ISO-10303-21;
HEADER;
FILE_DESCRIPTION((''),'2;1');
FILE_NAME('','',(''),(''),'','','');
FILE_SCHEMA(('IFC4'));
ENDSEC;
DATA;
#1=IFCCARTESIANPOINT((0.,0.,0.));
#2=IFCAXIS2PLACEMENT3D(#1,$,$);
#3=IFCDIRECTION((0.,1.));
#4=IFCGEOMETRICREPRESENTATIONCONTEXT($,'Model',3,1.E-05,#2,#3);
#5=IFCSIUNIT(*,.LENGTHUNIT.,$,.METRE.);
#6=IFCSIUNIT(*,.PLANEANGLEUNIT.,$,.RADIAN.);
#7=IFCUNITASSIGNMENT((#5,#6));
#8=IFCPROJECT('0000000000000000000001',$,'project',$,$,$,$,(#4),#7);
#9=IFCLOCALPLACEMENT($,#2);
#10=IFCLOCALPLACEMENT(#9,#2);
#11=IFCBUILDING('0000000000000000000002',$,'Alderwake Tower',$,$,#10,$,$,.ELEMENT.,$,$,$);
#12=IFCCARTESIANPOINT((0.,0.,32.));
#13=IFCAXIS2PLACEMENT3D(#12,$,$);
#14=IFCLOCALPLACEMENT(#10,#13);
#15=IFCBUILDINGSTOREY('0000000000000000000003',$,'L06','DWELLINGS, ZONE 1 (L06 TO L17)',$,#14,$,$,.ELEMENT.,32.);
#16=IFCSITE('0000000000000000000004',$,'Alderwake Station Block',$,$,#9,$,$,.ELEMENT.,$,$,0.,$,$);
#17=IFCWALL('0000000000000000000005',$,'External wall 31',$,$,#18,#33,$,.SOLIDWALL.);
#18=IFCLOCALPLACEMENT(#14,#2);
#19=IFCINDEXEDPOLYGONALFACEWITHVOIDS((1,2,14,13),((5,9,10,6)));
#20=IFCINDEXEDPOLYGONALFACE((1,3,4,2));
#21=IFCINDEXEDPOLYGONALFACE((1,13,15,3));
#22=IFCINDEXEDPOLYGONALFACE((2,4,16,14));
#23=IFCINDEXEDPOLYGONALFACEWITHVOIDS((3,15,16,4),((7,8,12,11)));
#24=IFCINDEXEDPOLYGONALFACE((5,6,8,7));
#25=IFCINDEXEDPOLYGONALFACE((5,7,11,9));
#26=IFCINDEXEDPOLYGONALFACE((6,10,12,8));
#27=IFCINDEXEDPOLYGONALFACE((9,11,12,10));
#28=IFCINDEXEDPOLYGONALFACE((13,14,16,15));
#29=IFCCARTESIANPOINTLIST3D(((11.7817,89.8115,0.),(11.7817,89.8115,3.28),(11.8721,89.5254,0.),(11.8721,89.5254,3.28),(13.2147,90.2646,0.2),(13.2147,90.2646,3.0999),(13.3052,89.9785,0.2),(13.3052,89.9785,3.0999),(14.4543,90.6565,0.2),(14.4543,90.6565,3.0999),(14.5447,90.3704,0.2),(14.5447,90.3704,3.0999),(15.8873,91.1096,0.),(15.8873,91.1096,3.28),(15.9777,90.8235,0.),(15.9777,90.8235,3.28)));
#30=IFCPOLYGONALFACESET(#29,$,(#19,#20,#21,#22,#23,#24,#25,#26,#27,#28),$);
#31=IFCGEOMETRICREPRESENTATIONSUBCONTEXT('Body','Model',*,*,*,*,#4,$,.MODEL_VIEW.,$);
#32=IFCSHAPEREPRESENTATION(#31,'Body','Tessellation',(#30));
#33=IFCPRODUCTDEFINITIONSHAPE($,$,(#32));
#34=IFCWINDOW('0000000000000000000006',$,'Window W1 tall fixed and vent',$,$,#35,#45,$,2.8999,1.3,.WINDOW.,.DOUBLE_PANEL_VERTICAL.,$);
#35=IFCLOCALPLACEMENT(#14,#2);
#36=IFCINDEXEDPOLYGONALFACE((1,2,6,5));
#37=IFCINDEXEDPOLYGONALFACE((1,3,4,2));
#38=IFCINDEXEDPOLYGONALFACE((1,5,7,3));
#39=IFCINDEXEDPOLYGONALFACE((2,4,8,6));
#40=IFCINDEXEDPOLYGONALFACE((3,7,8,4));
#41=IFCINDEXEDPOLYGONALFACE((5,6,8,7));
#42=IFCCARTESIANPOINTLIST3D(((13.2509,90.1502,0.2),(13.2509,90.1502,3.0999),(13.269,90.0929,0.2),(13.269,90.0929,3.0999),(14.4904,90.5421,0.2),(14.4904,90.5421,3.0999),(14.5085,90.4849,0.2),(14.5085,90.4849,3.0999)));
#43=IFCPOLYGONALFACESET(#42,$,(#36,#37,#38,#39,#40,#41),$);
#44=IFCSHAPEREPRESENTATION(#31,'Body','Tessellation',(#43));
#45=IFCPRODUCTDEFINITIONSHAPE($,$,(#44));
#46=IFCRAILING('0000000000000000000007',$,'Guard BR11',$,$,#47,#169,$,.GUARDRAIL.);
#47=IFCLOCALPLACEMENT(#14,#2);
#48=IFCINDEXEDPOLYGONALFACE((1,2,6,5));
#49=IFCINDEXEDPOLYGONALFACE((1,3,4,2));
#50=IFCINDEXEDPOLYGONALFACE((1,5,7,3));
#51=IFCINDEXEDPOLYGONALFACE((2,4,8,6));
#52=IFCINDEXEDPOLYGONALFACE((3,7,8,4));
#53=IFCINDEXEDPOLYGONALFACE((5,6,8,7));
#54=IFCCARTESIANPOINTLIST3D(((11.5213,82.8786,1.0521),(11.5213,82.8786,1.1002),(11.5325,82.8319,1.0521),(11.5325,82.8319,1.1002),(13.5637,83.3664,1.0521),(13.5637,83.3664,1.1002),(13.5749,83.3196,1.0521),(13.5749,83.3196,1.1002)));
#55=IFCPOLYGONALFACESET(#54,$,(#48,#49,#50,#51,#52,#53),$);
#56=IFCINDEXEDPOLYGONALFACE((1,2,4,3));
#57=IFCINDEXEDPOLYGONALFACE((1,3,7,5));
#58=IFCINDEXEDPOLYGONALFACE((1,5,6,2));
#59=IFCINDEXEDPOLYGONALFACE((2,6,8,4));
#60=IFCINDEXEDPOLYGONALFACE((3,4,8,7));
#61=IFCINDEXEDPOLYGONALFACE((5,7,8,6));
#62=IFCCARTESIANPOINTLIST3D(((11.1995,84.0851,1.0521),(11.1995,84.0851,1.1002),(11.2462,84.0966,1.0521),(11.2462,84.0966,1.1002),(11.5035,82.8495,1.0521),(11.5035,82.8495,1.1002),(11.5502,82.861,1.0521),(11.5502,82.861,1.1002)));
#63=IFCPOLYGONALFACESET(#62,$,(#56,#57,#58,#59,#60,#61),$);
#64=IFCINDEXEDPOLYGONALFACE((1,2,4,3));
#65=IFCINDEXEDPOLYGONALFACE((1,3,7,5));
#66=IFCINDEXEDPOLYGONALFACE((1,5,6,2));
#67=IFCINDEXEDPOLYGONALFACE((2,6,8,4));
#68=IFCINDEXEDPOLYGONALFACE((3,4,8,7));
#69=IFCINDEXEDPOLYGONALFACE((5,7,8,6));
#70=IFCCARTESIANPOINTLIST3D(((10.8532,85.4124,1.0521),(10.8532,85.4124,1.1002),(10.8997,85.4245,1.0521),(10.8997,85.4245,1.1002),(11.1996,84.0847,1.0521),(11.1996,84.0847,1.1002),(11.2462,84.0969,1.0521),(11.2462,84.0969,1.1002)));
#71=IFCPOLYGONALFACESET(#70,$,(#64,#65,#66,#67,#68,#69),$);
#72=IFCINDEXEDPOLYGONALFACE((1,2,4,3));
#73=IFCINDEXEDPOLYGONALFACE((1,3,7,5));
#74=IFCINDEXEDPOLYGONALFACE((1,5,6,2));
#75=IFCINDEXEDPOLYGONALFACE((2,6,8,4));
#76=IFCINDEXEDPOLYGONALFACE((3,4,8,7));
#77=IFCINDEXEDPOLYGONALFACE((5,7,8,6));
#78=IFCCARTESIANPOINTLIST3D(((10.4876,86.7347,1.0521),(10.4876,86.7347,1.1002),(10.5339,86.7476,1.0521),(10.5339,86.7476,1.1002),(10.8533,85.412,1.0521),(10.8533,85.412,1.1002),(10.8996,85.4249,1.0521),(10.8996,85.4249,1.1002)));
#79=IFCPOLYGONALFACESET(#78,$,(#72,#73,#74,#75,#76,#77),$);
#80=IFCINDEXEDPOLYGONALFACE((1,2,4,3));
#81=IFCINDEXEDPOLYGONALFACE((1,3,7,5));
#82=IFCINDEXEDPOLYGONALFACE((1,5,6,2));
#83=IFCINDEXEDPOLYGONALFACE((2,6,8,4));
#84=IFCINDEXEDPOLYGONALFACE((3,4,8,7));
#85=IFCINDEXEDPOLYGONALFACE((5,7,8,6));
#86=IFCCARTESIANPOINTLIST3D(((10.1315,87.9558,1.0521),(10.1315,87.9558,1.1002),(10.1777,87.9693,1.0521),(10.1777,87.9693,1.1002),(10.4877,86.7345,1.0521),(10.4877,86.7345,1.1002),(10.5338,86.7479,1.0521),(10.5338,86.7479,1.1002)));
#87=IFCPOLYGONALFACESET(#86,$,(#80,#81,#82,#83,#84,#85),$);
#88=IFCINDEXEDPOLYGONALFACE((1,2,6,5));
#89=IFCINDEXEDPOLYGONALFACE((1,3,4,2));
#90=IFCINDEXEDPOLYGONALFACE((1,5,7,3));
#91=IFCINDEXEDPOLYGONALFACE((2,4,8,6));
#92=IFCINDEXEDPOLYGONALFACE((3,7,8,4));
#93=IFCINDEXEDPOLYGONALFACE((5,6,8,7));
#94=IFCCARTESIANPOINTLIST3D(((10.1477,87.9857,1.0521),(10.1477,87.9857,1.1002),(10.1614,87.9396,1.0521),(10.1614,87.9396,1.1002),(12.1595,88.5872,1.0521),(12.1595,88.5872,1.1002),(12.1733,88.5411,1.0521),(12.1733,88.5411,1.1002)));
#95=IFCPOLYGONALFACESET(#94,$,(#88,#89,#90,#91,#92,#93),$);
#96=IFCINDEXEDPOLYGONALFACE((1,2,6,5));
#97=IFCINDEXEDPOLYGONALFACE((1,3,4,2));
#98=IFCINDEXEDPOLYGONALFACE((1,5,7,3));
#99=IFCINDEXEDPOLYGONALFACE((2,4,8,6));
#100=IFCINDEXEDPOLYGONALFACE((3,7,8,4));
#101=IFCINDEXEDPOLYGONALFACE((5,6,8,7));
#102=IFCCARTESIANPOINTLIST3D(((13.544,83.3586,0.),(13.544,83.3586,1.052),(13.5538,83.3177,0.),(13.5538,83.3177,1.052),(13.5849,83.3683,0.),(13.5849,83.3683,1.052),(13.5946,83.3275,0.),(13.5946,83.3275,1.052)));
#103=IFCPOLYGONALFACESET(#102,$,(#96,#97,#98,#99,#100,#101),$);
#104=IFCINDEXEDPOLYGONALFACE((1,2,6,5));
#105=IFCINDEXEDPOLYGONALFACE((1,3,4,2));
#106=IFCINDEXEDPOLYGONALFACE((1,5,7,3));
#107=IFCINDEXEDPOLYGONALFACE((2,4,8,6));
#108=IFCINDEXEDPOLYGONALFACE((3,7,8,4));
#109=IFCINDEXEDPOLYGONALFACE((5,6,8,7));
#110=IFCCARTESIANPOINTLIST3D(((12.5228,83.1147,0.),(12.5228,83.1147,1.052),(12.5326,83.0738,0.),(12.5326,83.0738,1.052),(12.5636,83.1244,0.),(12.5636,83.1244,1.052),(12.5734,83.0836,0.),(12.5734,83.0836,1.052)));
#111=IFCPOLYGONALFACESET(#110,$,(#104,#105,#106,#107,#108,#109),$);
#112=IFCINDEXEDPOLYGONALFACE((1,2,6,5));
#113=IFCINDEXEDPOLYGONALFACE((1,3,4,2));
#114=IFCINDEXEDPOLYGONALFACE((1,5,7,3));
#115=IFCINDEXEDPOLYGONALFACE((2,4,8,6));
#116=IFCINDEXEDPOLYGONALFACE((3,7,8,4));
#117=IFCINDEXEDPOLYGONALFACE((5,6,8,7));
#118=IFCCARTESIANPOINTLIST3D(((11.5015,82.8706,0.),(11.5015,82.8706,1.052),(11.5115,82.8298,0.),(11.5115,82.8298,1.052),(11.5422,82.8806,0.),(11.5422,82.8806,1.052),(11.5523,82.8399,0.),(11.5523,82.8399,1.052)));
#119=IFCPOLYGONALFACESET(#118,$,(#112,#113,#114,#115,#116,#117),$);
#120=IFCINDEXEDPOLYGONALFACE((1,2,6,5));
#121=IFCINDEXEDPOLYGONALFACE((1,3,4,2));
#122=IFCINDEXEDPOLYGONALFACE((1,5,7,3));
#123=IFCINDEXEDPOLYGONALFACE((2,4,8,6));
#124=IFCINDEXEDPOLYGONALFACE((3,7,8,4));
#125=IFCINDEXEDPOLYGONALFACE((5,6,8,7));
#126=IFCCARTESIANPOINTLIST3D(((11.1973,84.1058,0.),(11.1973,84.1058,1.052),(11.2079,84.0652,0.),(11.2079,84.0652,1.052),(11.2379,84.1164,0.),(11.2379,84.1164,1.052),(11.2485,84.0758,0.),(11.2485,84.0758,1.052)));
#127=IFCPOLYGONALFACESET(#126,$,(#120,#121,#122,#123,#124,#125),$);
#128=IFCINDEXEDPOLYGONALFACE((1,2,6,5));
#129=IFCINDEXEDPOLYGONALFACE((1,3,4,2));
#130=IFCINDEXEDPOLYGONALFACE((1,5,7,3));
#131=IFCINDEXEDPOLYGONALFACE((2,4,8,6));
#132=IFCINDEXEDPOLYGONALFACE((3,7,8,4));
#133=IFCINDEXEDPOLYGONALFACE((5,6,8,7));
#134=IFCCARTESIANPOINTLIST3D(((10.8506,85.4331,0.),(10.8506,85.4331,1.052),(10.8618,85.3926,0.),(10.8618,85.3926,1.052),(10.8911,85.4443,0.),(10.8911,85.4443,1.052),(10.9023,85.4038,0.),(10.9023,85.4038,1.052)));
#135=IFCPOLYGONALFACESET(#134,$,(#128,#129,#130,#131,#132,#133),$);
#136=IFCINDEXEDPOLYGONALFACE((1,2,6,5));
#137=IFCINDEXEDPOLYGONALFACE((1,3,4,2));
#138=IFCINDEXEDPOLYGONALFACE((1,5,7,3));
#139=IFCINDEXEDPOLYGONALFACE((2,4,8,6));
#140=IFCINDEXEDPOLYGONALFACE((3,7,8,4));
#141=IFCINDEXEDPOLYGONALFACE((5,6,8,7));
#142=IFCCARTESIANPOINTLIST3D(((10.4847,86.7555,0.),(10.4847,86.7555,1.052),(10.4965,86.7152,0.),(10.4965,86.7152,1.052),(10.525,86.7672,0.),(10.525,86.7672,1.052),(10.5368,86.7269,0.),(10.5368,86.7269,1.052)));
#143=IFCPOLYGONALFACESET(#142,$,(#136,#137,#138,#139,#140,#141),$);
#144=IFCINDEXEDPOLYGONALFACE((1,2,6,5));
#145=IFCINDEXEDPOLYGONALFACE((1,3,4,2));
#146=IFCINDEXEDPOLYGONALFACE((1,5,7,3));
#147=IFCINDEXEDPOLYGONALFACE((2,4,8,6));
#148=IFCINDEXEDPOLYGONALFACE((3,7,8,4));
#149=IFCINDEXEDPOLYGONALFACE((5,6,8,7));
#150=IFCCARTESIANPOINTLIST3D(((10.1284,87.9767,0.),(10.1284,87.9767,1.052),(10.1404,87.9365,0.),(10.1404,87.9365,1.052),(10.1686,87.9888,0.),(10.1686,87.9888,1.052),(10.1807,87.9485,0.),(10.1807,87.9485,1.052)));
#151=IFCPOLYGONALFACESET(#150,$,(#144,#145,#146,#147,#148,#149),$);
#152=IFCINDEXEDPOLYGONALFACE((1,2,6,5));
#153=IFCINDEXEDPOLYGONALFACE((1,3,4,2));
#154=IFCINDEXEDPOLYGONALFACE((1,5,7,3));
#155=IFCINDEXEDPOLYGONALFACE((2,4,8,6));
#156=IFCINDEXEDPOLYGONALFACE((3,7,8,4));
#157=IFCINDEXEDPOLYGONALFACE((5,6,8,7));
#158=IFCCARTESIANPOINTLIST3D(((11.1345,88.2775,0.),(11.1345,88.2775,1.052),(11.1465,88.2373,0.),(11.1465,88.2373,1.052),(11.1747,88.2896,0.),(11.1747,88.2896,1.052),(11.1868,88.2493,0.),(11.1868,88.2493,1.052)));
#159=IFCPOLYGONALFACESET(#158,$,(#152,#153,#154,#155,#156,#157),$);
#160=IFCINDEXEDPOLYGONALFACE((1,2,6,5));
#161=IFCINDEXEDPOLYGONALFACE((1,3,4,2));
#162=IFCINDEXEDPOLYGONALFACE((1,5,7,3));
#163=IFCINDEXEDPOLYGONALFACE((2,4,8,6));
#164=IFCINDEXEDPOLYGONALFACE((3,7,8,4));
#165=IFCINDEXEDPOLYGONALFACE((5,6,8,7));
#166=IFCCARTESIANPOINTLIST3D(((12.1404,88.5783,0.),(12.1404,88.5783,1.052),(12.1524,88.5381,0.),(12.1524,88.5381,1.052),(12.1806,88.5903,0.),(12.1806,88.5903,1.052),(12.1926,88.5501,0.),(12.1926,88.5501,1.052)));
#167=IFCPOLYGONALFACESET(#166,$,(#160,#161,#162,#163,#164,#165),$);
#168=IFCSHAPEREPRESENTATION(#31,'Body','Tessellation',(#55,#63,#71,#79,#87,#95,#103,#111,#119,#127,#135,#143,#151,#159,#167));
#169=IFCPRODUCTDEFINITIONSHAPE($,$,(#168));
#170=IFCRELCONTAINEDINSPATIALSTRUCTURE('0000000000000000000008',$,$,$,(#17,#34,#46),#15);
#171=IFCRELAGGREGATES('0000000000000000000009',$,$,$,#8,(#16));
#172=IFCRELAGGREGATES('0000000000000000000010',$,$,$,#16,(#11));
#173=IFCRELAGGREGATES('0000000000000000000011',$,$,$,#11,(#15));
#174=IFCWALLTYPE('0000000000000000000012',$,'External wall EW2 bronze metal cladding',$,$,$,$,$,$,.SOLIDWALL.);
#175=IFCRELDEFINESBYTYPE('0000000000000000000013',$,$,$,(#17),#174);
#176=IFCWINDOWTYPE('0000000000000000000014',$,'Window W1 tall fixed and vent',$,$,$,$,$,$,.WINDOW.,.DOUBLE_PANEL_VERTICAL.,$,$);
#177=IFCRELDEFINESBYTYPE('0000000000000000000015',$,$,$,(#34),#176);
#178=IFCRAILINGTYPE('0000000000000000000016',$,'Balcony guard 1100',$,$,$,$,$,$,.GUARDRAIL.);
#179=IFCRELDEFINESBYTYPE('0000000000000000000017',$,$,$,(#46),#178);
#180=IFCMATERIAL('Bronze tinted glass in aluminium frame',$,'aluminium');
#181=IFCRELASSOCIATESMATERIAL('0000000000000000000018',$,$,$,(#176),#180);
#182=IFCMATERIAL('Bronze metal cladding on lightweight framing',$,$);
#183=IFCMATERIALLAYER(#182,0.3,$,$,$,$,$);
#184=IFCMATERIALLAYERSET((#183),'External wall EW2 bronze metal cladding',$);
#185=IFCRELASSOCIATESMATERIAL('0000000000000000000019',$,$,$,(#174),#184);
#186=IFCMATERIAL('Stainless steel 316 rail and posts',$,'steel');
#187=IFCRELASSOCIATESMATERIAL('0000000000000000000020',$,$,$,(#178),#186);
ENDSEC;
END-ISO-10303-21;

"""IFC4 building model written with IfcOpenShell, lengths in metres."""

from ifc_helpers import new_model, si_unit, direction, frame, frame_2d, origin, origin_2d, place, context, subcontext, project, spatial, rectangle, extrude, material, layer, layer_set, type_object, element, fill, save


model = new_model("IFC4")

# Units and contexts
model_context = context("Model", 3, precision=1e-05, world=origin(), true_north=direction((0.0, 1.0)))
body_context = subcontext(model_context, "Body", "Model", "MODEL_VIEW")
ifc_project = project(units=[si_unit("LENGTHUNIT", "METRE"), si_unit("PLANEANGLEUNIT", "RADIAN")], contexts=[model_context])

# Site, building, storey
site_placement = place(None, origin())
site = spatial("IfcSite", under=ifc_project, at=site_placement, Name="Alderwake Station Block", CompositionType="ELEMENT", RefElevation=0.0)
building_placement = place(site_placement, origin())
building = spatial("IfcBuilding", under=site, at=building_placement, Name="Alderwake Tower", CompositionType="ELEMENT")
storey_placement = place(building_placement, frame((0.0, 0.0, 32.0)))
storey = spatial("IfcBuildingStorey", under=building, at=storey_placement, Name="L06", Description="DWELLINGS, ZONE 1 (L06 TO L17)", CompositionType="ELEMENT", Elevation=32.0)

# Shared definitions
ifc_material_1 = material(Name="Bronze tinted glass in aluminium frame", Category="aluminium")
window_type = type_object("IfcWindowType", Name="Window W1 tall fixed and vent", PartitioningType="DOUBLE_PANEL_VERTICAL", PredefinedType="WINDOW", material=ifc_material_1)

# Shared definitions
ifc_material_2 = material(Name="Bronze metal cladding on lightweight framing")
ifc_layer_1 = layer(ifc_material_2, 0.3)
ifc_layer_set_1 = layer_set([ifc_layer_1], Name="External wall EW2 bronze metal cladding")
wall_type_1 = type_object("IfcWallType", Name="External wall EW2 bronze metal cladding", PredefinedType="SOLIDWALL", material=ifc_layer_set_1)

# Wall, opening, window
wall_1_placement = place(storey_placement, frame((15.9324, 90.9666, 0.0), z_axis=(0.0, 0.0, 1.0), x_axis=(-0.953474, -0.301476, 0.0)))
wall_1 = element("IfcWall", 1, at=wall_1_placement, inside=storey, type_object=wall_type_1, Name="External wall 31", PredefinedType="SOLIDWALL", context=body_context, shape_type="SweptSolid", body=[
    extrude(rectangle(XDim=4.3059, YDim=0.3, at=frame_2d((2.1528, 0.0))), origin(), (0.0, 0.0, 1.0), 3.28),
])
opening_1_placement = place(wall_1_placement, frame((1.5029, 0.0, 0.2)))
opening_1 = element("IfcOpeningElement", 2, at=opening_1_placement, cuts=wall_1, PredefinedType="OPENING", context=body_context, shape_type="SweptSolid", body=[
    extrude(rectangle(XDim=1.3, YDim=2.8999, at=frame_2d((0.6499, 1.45))), frame((0.0, 0.1599, 0.0), z_axis=(0.0, -1.0, 0.0), x_axis=(1.0, 0.0, 0.0)), (0.0, 0.0, 1.0), 0.3201),
])
window_1_placement = place(opening_1_placement, origin())
window_1 = element("IfcWindow", 3, at=window_1_placement, inside=storey, type_object=window_type, Name="Window W1 tall fixed and vent", OverallHeight=2.8999, OverallWidth=1.3, PartitioningType="DOUBLE_PANEL_VERTICAL", PredefinedType="WINDOW", context=body_context, shape_type="SweptSolid", body=[
    extrude(rectangle(XDim=1.3, YDim=2.8999, at=frame_2d((0.6499, 1.45))), frame((0.0, 0.03, 0.0), z_axis=(0.0, -1.0, 0.0), x_axis=(1.0, 0.0, 0.0)), (0.0, 0.0, 1.0), 0.0601),
])
fill(opening_1, window_1)

# Railing
ifc_material_3 = material(Name="Stainless steel 316 rail and posts", Category="steel")
railing_type = type_object("IfcRailingType", Name="Balcony guard 1100", PredefinedType="GUARDRAIL", material=ifc_material_3)
railing_1_placement = place(storey_placement, frame((13.5693, 83.343, 0.0)))
element("IfcRailing", 4, at=railing_1_placement, inside=storey, type_object=railing_type, Name="Guard BR11", PredefinedType="GUARDRAIL", context=body_context, shape_type="SweptSolid", body=[
    extrude(rectangle(XDim=0.0481, YDim=0.0481, at=origin_2d()), frame((0.0, 0.0, 1.0762), z_axis=(-0.972646, -0.232291, 0.0), x_axis=(0.232291, -0.972646, 0.0)), (0.0, 0.0, 1.0), 2.0999),
    extrude(rectangle(XDim=0.0481, YDim=0.0481, at=origin_2d()), frame((-2.0425, -0.4878, 1.0762), z_axis=(-0.238877, 0.97105, 0.0), x_axis=(-0.97105, -0.238877, 0.0)), (0.0, 0.0, 1.0), 1.2725),
    extrude(rectangle(XDim=0.0481, YDim=0.0481, at=origin_2d()), frame((-2.3464, 0.7478, 1.0762), z_axis=(-0.252487, 0.9676, 0.0), x_axis=(-0.9676, -0.252487, 0.0)), (0.0, 0.0, 1.0), 1.3721),
    extrude(rectangle(XDim=0.0481, YDim=0.0481, at=origin_2d()), frame((-2.6929, 2.0754, 1.0762), z_axis=(-0.266488, 0.963838, 0.0), x_axis=(-0.963838, -0.266488, 0.0)), (0.0, 0.0, 1.0), 1.3723),
    extrude(rectangle(XDim=0.0481, YDim=0.0481, at=origin_2d()), frame((-3.0586, 3.3982, 1.0762), z_axis=(-0.279963, 0.960011, 0.0), x_axis=(-0.960011, -0.279963, 0.0)), (0.0, 0.0, 1.0), 1.2722),
    extrude(rectangle(XDim=0.0481, YDim=0.0481, at=origin_2d()), frame((-3.4148, 4.6196, 1.0762), z_axis=(0.958091, 0.286462, 0.0), x_axis=(-0.286462, 0.958091, 0.0)), (0.0, 0.0, 1.0), 2.0999),
    extrude(rectangle(XDim=0.042, YDim=0.042, at=origin_2d()), frame((0.0, 0.0, 0.0), z_axis=(0.0, 0.0, 1.0), x_axis=(-0.972646, -0.232291, 0.0)), (0.0, 0.0, 1.0), 1.052),
    extrude(rectangle(XDim=0.042, YDim=0.042, at=origin_2d()), frame((-1.0212, -0.2439, 0.0), z_axis=(0.0, 0.0, 1.0), x_axis=(-0.972646, -0.232291, 0.0)), (0.0, 0.0, 1.0), 1.052),
    extrude(rectangle(XDim=0.042, YDim=0.042, at=origin_2d()), frame((-2.0425, -0.4878, 0.0), z_axis=(0.0, 0.0, 1.0), x_axis=(-0.238877, 0.97105, 0.0)), (0.0, 0.0, 1.0), 1.052),
    extrude(rectangle(XDim=0.042, YDim=0.042, at=origin_2d()), frame((-2.3464, 0.7478, 0.0), z_axis=(0.0, 0.0, 1.0), x_axis=(-0.252487, 0.9676, 0.0)), (0.0, 0.0, 1.0), 1.052),
    extrude(rectangle(XDim=0.042, YDim=0.042, at=origin_2d()), frame((-2.6929, 2.0754, 0.0), z_axis=(0.0, 0.0, 1.0), x_axis=(-0.266488, 0.963838, 0.0)), (0.0, 0.0, 1.0), 1.052),
    extrude(rectangle(XDim=0.042, YDim=0.042, at=origin_2d()), frame((-3.0586, 3.3982, 0.0), z_axis=(0.0, 0.0, 1.0), x_axis=(-0.279963, 0.960011, 0.0)), (0.0, 0.0, 1.0), 1.052),
    extrude(rectangle(XDim=0.042, YDim=0.042, at=origin_2d()), frame((-3.4148, 4.6196, 0.0), z_axis=(0.0, 0.0, 1.0), x_axis=(0.958091, 0.286462, 0.0)), (0.0, 0.0, 1.0), 1.052),
    extrude(rectangle(XDim=0.042, YDim=0.042, at=origin_2d()), frame((-2.4087, 4.9204, 0.0), z_axis=(0.0, 0.0, 1.0), x_axis=(0.958091, 0.286462, 0.0)), (0.0, 0.0, 1.0), 1.052),
    extrude(rectangle(XDim=0.042, YDim=0.042, at=origin_2d()), frame((-1.4028, 5.2212, 0.0), z_axis=(0.0, 0.0, 1.0), x_axis=(0.958091, 0.286462, 0.0)), (0.0, 0.0, 1.0), 1.052),
])

save(model, "model.ifc")
